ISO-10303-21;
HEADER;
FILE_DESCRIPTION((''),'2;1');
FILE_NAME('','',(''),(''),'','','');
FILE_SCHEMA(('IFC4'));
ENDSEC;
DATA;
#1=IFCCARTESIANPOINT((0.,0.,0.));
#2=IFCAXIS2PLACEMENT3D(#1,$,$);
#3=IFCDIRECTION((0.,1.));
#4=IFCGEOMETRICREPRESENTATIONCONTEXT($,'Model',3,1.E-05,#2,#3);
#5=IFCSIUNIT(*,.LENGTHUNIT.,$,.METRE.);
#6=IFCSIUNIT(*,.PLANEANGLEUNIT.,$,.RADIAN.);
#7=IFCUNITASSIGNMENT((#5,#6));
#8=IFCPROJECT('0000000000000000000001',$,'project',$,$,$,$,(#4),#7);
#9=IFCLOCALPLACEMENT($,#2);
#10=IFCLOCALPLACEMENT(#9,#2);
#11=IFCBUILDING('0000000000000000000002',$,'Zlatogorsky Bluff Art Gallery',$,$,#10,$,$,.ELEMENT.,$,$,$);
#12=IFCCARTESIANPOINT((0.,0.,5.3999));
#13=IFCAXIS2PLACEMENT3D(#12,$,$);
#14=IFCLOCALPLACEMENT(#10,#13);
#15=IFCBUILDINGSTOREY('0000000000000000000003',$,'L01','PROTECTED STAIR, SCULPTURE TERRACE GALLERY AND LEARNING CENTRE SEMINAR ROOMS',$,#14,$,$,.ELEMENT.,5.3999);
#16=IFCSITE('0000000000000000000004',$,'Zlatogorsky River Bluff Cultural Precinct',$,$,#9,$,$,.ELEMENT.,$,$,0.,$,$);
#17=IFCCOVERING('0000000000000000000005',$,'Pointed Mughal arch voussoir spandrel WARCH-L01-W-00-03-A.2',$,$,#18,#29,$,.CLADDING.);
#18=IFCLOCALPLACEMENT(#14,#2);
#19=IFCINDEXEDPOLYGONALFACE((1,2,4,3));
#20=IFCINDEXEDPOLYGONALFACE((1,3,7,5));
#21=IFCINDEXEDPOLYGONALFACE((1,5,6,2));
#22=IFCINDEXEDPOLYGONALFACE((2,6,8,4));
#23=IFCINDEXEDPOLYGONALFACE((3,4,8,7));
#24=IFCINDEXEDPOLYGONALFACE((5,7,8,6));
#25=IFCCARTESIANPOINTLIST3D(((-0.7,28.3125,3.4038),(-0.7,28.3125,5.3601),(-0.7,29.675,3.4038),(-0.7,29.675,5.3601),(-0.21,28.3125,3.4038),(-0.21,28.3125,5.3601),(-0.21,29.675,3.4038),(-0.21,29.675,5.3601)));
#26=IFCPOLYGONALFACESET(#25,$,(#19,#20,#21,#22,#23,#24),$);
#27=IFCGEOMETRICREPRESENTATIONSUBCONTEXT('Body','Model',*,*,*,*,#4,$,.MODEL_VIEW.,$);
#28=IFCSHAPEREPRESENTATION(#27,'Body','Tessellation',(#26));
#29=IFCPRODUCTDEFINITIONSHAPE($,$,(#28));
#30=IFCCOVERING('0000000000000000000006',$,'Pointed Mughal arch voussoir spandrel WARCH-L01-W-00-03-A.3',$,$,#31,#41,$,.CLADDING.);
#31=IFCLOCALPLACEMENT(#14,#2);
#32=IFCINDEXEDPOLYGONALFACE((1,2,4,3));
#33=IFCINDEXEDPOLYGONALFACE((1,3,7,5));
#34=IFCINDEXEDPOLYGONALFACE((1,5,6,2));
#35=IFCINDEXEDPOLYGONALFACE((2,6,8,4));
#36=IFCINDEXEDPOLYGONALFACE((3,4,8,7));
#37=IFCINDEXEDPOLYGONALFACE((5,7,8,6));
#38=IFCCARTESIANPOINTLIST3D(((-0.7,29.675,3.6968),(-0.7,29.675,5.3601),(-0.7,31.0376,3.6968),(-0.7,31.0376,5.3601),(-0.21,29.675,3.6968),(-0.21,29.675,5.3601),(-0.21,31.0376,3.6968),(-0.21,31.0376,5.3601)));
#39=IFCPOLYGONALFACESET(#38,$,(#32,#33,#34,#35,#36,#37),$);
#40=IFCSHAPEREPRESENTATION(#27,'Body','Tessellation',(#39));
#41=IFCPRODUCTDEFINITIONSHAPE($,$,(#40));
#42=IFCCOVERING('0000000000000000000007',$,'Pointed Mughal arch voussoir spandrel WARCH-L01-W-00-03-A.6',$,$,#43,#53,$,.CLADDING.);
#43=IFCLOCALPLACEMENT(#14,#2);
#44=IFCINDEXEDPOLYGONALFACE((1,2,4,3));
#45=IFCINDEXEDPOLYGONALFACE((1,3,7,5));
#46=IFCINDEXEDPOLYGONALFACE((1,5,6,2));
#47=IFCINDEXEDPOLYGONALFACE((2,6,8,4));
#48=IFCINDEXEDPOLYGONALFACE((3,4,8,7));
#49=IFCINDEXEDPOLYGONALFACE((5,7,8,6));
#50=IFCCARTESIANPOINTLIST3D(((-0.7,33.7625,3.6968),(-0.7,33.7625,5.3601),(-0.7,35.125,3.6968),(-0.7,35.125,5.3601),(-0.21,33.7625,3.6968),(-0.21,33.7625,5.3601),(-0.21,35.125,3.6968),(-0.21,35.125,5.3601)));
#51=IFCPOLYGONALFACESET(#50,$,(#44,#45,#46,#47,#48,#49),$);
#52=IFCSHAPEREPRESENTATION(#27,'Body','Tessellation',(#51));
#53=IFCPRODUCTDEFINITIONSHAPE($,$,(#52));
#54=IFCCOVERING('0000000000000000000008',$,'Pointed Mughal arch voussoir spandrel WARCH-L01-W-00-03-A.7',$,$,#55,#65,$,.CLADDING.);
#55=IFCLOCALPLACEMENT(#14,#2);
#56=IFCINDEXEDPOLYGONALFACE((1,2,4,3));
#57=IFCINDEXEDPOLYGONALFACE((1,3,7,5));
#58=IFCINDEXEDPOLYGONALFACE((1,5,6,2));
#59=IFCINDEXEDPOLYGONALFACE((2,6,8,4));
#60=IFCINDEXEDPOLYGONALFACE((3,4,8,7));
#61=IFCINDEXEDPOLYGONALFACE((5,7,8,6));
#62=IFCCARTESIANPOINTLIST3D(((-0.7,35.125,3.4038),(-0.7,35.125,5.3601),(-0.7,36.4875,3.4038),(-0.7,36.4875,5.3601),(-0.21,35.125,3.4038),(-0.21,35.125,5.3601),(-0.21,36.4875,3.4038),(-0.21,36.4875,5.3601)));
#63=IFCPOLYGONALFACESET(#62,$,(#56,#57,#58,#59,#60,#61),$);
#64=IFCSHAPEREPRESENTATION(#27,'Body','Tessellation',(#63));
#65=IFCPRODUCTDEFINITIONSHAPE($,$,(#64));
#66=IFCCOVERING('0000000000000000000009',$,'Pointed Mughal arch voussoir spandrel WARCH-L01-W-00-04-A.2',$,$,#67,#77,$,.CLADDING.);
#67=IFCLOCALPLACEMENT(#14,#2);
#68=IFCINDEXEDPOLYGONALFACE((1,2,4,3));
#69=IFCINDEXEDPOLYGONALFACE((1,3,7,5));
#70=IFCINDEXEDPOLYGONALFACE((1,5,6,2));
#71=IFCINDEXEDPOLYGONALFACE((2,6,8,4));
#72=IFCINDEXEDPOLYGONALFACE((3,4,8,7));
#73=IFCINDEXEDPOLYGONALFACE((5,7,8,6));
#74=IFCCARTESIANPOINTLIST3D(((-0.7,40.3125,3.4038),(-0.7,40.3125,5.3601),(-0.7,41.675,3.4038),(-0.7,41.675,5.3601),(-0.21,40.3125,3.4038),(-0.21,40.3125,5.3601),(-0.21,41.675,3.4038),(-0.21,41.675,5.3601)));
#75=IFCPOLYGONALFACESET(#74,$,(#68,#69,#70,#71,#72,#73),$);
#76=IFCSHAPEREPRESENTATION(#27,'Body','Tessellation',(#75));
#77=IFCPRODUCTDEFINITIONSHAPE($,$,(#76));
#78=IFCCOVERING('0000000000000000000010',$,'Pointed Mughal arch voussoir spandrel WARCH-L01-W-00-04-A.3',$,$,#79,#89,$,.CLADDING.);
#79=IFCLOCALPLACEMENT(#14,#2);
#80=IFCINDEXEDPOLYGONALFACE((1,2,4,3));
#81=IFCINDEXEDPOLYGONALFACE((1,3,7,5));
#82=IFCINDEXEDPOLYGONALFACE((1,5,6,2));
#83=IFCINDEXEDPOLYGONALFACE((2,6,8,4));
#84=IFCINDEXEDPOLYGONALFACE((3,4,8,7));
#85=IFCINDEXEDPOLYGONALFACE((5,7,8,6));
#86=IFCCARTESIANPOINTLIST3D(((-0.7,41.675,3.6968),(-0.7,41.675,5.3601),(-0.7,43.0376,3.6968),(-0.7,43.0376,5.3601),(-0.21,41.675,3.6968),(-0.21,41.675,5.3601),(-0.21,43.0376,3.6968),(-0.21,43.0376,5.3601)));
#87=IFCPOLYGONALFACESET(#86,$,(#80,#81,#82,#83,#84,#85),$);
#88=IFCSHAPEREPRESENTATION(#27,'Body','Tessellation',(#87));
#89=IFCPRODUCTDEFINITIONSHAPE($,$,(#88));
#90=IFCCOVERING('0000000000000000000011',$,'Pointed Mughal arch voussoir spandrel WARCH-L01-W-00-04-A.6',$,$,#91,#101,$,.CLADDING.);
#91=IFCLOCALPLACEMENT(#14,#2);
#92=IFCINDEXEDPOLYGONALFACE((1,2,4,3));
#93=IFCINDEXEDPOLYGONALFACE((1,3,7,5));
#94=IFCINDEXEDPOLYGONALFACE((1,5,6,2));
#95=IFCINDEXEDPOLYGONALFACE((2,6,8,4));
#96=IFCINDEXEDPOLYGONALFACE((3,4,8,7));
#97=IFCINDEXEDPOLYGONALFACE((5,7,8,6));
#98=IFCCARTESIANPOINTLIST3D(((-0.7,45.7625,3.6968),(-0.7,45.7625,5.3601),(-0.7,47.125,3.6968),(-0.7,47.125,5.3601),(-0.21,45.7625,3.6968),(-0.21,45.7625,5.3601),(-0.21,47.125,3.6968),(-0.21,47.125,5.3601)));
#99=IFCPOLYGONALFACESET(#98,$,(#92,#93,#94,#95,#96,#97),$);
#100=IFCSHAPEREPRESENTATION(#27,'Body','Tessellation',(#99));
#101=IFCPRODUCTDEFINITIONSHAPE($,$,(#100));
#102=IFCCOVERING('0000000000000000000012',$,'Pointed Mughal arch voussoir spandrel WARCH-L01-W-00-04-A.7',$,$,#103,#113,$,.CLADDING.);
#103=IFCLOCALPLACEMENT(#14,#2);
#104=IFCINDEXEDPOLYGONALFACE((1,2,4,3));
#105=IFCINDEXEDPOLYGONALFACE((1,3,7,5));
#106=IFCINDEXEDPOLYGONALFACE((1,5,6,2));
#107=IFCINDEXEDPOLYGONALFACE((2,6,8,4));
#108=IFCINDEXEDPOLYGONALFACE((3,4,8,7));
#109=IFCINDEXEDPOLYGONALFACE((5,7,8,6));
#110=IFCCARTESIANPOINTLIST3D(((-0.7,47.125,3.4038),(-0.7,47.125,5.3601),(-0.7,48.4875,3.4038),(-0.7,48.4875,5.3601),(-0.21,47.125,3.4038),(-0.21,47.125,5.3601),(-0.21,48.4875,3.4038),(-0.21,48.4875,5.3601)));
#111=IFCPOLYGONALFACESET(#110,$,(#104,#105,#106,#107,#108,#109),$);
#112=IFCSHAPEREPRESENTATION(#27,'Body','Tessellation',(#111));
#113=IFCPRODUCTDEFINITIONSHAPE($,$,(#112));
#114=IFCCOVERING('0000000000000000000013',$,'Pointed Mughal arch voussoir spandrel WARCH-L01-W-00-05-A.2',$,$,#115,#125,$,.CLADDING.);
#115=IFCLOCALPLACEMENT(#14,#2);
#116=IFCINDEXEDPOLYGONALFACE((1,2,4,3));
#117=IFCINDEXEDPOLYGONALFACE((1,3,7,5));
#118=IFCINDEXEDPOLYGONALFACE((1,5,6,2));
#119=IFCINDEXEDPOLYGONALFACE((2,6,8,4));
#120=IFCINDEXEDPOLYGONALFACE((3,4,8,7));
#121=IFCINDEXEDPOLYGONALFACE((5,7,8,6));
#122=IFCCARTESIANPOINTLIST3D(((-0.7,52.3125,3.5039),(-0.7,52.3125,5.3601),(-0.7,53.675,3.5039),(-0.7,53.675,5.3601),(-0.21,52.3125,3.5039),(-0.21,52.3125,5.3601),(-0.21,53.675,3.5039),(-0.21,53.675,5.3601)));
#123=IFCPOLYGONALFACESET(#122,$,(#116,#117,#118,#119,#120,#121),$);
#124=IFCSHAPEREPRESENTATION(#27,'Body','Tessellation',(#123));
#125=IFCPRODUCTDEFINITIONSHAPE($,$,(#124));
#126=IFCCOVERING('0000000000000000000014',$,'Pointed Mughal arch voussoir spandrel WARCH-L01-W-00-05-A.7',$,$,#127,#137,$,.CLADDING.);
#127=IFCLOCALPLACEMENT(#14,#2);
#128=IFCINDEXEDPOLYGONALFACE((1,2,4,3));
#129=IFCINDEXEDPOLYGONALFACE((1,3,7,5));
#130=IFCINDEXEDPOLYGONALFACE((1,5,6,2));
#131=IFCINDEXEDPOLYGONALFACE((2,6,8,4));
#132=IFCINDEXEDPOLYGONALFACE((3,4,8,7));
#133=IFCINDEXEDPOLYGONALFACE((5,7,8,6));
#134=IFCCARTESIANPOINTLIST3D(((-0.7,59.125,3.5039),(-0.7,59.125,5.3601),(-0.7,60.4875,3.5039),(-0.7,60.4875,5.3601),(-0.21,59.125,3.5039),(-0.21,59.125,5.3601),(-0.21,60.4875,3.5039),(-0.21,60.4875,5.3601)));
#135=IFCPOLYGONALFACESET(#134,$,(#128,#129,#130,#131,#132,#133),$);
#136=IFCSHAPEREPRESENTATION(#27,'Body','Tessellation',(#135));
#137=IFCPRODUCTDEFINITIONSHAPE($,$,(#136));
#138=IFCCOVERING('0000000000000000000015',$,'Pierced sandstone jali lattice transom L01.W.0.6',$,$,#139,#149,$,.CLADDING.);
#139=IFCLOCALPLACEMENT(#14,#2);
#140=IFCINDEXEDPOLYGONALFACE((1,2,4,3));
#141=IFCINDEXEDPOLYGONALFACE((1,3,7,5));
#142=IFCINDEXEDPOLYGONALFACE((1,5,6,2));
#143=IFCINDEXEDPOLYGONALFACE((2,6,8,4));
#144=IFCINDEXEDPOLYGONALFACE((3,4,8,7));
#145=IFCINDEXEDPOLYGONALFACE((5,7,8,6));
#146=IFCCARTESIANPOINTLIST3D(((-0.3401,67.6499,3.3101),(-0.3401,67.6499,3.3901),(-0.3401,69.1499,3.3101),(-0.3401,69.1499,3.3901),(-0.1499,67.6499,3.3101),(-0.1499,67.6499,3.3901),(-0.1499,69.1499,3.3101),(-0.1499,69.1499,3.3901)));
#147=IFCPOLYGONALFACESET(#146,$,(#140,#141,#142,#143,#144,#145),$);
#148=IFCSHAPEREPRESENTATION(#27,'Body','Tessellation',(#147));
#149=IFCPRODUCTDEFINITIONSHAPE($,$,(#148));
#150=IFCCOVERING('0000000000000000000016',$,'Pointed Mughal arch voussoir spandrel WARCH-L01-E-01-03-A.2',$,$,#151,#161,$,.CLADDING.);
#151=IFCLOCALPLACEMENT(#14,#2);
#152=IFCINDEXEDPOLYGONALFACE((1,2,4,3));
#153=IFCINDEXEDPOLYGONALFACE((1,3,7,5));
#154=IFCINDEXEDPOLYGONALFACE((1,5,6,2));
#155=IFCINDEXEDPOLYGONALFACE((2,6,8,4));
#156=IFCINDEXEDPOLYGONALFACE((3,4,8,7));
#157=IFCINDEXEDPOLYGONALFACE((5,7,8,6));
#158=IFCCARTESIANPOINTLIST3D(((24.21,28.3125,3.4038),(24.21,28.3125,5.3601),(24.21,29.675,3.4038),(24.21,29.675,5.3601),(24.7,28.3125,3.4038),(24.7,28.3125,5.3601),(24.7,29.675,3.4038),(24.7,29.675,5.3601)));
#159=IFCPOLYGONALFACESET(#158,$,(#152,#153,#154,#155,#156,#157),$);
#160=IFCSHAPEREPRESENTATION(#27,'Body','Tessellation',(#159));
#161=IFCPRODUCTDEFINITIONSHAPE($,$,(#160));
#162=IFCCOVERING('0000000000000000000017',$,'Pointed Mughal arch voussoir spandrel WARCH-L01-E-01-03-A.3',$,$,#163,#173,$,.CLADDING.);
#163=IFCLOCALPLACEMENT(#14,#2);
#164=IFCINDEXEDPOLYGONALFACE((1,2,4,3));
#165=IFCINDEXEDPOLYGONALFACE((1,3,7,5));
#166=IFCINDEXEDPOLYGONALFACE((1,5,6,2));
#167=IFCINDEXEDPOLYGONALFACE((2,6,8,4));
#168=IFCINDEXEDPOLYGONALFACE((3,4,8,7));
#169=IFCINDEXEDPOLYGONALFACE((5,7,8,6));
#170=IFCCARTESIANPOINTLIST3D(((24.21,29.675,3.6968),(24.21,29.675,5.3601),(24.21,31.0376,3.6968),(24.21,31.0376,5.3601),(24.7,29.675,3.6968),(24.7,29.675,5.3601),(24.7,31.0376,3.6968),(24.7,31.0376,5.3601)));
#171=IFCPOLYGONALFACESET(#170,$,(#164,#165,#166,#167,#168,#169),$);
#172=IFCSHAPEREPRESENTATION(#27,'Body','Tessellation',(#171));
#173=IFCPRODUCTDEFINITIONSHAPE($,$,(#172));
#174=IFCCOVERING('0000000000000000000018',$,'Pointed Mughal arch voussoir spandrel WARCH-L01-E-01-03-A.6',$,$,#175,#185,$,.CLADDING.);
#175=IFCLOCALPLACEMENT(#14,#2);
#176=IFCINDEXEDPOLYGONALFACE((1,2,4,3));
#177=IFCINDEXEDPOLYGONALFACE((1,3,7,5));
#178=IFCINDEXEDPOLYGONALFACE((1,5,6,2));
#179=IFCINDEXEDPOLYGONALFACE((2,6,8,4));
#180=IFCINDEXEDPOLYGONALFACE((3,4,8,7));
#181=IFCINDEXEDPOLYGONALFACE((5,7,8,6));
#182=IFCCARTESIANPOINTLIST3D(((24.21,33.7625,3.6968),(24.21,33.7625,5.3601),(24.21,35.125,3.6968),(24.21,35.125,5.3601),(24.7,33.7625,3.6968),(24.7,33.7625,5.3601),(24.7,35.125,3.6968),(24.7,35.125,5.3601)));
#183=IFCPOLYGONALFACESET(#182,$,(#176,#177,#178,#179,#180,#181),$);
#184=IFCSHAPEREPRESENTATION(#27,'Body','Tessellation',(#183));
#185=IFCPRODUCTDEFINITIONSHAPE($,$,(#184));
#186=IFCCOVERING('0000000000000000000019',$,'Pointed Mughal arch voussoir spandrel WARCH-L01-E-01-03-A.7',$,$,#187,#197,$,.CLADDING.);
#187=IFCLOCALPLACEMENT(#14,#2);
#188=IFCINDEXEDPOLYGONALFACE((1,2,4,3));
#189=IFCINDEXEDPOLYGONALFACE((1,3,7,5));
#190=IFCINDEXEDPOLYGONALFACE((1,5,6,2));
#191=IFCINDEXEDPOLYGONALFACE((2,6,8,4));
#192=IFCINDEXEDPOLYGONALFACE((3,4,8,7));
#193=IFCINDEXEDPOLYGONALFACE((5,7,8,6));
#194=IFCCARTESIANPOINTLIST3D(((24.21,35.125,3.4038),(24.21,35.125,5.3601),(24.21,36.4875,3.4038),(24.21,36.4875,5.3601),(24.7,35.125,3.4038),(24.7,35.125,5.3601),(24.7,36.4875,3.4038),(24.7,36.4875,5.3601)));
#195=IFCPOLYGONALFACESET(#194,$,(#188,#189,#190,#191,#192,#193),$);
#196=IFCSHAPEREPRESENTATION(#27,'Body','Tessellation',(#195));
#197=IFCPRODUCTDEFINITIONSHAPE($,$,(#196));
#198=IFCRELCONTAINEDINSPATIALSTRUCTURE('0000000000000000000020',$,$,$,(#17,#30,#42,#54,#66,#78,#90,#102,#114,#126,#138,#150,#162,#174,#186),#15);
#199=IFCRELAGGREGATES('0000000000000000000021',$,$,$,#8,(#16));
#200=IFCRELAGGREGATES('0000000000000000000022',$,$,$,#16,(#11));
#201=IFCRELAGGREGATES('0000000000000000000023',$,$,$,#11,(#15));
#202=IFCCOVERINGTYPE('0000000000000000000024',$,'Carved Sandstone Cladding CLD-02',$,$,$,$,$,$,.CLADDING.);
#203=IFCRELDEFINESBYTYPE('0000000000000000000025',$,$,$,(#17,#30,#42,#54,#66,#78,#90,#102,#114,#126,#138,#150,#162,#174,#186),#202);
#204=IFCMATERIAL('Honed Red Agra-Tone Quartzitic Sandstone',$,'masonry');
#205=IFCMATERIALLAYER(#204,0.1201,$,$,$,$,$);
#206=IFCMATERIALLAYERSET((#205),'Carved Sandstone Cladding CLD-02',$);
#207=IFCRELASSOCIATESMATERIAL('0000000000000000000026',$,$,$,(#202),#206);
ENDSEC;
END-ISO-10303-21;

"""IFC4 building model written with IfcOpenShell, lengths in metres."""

from ifc_helpers import new_model, si_unit, direction, frame, origin, place, context, subcontext, project, spatial, polyline, outline, extrude, material, layer, layer_set, type_object, element, save


model = new_model("IFC4")

# Units and contexts
model_context = context("Model", 3, precision=1e-05, world=origin(), true_north=direction((0.0, 1.0)))
body_context = subcontext(model_context, "Body", "Model", "MODEL_VIEW")
ifc_project = project(units=[si_unit("LENGTHUNIT", "METRE"), si_unit("PLANEANGLEUNIT", "RADIAN")], contexts=[model_context])

# Site, building, storey
site_placement = place(None, origin())
site = spatial("IfcSite", under=ifc_project, at=site_placement, Name="Zlatogorsky River Bluff Cultural Precinct", CompositionType="ELEMENT", RefElevation=0.0)
building_placement = place(site_placement, origin())
building = spatial("IfcBuilding", under=site, at=building_placement, Name="Zlatogorsky Bluff Art Gallery", CompositionType="ELEMENT")
storey_placement = place(building_placement, frame((0.0, 0.0, 5.3999)))
storey = spatial("IfcBuildingStorey", under=building, at=storey_placement, Name="L01", Description="PROTECTED STAIR, SCULPTURE TERRACE GALLERY AND LEARNING CENTRE SEMINAR ROOMS", CompositionType="ELEMENT", Elevation=5.3999)

# Coverings
ifc_material = material(Name="Honed Red Agra-Tone Quartzitic Sandstone", Category="masonry")
ifc_layer = layer(ifc_material, 0.1201)
ifc_layer_set = layer_set([ifc_layer], Name="Carved Sandstone Cladding CLD-02")
covering_type = type_object("IfcCoveringType", Name="Carved Sandstone Cladding CLD-02", PredefinedType="CLADDING", material=ifc_layer_set)
covering_1_placement = place(storey_placement, frame((0.0, 0.0, 3.4038)))
element("IfcCovering", 1, at=covering_1_placement, inside=storey, type_object=covering_type, Name="Pointed Mughal arch voussoir spandrel WARCH-L01-W-00-03-A.2", PredefinedType="CLADDING", context=body_context, shape_type="SweptSolid", body=[
    extrude(outline(polyline([(-0.7, 28.3125), (-0.7, 29.675), (-0.21, 29.675), (-0.21, 28.3125), (-0.7, 28.3125)])), origin(), (0.0, 0.0, 1.0), 1.9563),
])
covering_2_placement = place(storey_placement, frame((0.0, 0.0, 3.6968)))
element("IfcCovering", 2, at=covering_2_placement, inside=storey, type_object=covering_type, Name="Pointed Mughal arch voussoir spandrel WARCH-L01-W-00-03-A.3", PredefinedType="CLADDING", context=body_context, shape_type="SweptSolid", body=[
    extrude(outline(polyline([(-0.7, 29.675), (-0.7, 31.0376), (-0.21, 31.0376), (-0.21, 29.675), (-0.7, 29.675)])), origin(), (0.0, 0.0, 1.0), 1.6633),
])
covering_3_placement = place(storey_placement, frame((0.0, 0.0, 3.6968)))
element("IfcCovering", 3, at=covering_3_placement, inside=storey, type_object=covering_type, Name="Pointed Mughal arch voussoir spandrel WARCH-L01-W-00-03-A.6", PredefinedType="CLADDING", context=body_context, shape_type="SweptSolid", body=[
    extrude(outline(polyline([(-0.7, 33.7625), (-0.7, 35.125), (-0.21, 35.125), (-0.21, 33.7625), (-0.7, 33.7625)])), origin(), (0.0, 0.0, 1.0), 1.6633),
])
covering_4_placement = place(storey_placement, frame((0.0, 0.0, 3.4038)))
element("IfcCovering", 4, at=covering_4_placement, inside=storey, type_object=covering_type, Name="Pointed Mughal arch voussoir spandrel WARCH-L01-W-00-03-A.7", PredefinedType="CLADDING", context=body_context, shape_type="SweptSolid", body=[
    extrude(outline(polyline([(-0.7, 35.125), (-0.7, 36.4875), (-0.21, 36.4875), (-0.21, 35.125), (-0.7, 35.125)])), origin(), (0.0, 0.0, 1.0), 1.9563),
])
covering_5_placement = place(storey_placement, frame((0.0, 0.0, 3.4038)))
element("IfcCovering", 5, at=covering_5_placement, inside=storey, type_object=covering_type, Name="Pointed Mughal arch voussoir spandrel WARCH-L01-W-00-04-A.2", PredefinedType="CLADDING", context=body_context, shape_type="SweptSolid", body=[
    extrude(outline(polyline([(-0.7, 40.3125), (-0.7, 41.675), (-0.21, 41.675), (-0.21, 40.3125), (-0.7, 40.3125)])), origin(), (0.0, 0.0, 1.0), 1.9563),
])
covering_6_placement = place(storey_placement, frame((0.0, 0.0, 3.6968)))
element("IfcCovering", 6, at=covering_6_placement, inside=storey, type_object=covering_type, Name="Pointed Mughal arch voussoir spandrel WARCH-L01-W-00-04-A.3", PredefinedType="CLADDING", context=body_context, shape_type="SweptSolid", body=[
    extrude(outline(polyline([(-0.7, 41.675), (-0.7, 43.0376), (-0.21, 43.0376), (-0.21, 41.675), (-0.7, 41.675)])), origin(), (0.0, 0.0, 1.0), 1.6633),
])
covering_7_placement = place(storey_placement, frame((0.0, 0.0, 3.6968)))
element("IfcCovering", 7, at=covering_7_placement, inside=storey, type_object=covering_type, Name="Pointed Mughal arch voussoir spandrel WARCH-L01-W-00-04-A.6", PredefinedType="CLADDING", context=body_context, shape_type="SweptSolid", body=[
    extrude(outline(polyline([(-0.7, 45.7625), (-0.7, 47.125), (-0.21, 47.125), (-0.21, 45.7625), (-0.7, 45.7625)])), origin(), (0.0, 0.0, 1.0), 1.6633),
])
covering_8_placement = place(storey_placement, frame((0.0, 0.0, 3.4038)))
element("IfcCovering", 8, at=covering_8_placement, inside=storey, type_object=covering_type, Name="Pointed Mughal arch voussoir spandrel WARCH-L01-W-00-04-A.7", PredefinedType="CLADDING", context=body_context, shape_type="SweptSolid", body=[
    extrude(outline(polyline([(-0.7, 47.125), (-0.7, 48.4875), (-0.21, 48.4875), (-0.21, 47.125), (-0.7, 47.125)])), origin(), (0.0, 0.0, 1.0), 1.9563),
])
covering_9_placement = place(storey_placement, frame((0.0, 0.0, 3.5039)))
element("IfcCovering", 9, at=covering_9_placement, inside=storey, type_object=covering_type, Name="Pointed Mughal arch voussoir spandrel WARCH-L01-W-00-05-A.2", PredefinedType="CLADDING", context=body_context, shape_type="SweptSolid", body=[
    extrude(outline(polyline([(-0.7, 52.3125), (-0.7, 53.675), (-0.21, 53.675), (-0.21, 52.3125), (-0.7, 52.3125)])), origin(), (0.0, 0.0, 1.0), 1.8562),
])
covering_10_placement = place(storey_placement, frame((0.0, 0.0, 3.5039)))
element("IfcCovering", 10, at=covering_10_placement, inside=storey, type_object=covering_type, Name="Pointed Mughal arch voussoir spandrel WARCH-L01-W-00-05-A.7", PredefinedType="CLADDING", context=body_context, shape_type="SweptSolid", body=[
    extrude(outline(polyline([(-0.7, 59.125), (-0.7, 60.4875), (-0.21, 60.4875), (-0.21, 59.125), (-0.7, 59.125)])), origin(), (0.0, 0.0, 1.0), 1.8562),
])
covering_11_placement = place(storey_placement, frame((0.0, 0.0, 3.3101)))
element("IfcCovering", 11, at=covering_11_placement, inside=storey, type_object=covering_type, Name="Pierced sandstone jali lattice transom L01.W.0.6", PredefinedType="CLADDING", context=body_context, shape_type="SweptSolid", body=[
    extrude(outline(polyline([(-0.3401, 67.6499), (-0.3401, 69.1499), (-0.1499, 69.1499), (-0.1499, 67.6499), (-0.3401, 67.6499)])), origin(), (0.0, 0.0, 1.0), 0.0801),
])
covering_12_placement = place(storey_placement, frame((0.0, 0.0, 3.4038)))
element("IfcCovering", 12, at=covering_12_placement, inside=storey, type_object=covering_type, Name="Pointed Mughal arch voussoir spandrel WARCH-L01-E-01-03-A.2", PredefinedType="CLADDING", context=body_context, shape_type="SweptSolid", body=[
    extrude(outline(polyline([(24.21, 28.3125), (24.21, 29.675), (24.7, 29.675), (24.7, 28.3125), (24.21, 28.3125)])), origin(), (0.0, 0.0, 1.0), 1.9563),
])
covering_13_placement = place(storey_placement, frame((0.0, 0.0, 3.6968)))
element("IfcCovering", 13, at=covering_13_placement, inside=storey, type_object=covering_type, Name="Pointed Mughal arch voussoir spandrel WARCH-L01-E-01-03-A.3", PredefinedType="CLADDING", context=body_context, shape_type="SweptSolid", body=[
    extrude(outline(polyline([(24.21, 29.675), (24.21, 31.0376), (24.7, 31.0376), (24.7, 29.675), (24.21, 29.675)])), origin(), (0.0, 0.0, 1.0), 1.6633),
])
covering_14_placement = place(storey_placement, frame((0.0, 0.0, 3.6968)))
element("IfcCovering", 14, at=covering_14_placement, inside=storey, type_object=covering_type, Name="Pointed Mughal arch voussoir spandrel WARCH-L01-E-01-03-A.6", PredefinedType="CLADDING", context=body_context, shape_type="SweptSolid", body=[
    extrude(outline(polyline([(24.21, 33.7625), (24.21, 35.125), (24.7, 35.125), (24.7, 33.7625), (24.21, 33.7625)])), origin(), (0.0, 0.0, 1.0), 1.6633),
])
covering_15_placement = place(storey_placement, frame((0.0, 0.0, 3.4038)))
element("IfcCovering", 15, at=covering_15_placement, inside=storey, type_object=covering_type, Name="Pointed Mughal arch voussoir spandrel WARCH-L01-E-01-03-A.7", PredefinedType="CLADDING", context=body_context, shape_type="SweptSolid", body=[
    extrude(outline(polyline([(24.21, 35.125), (24.21, 36.4875), (24.7, 36.4875), (24.7, 35.125), (24.21, 35.125)])), origin(), (0.0, 0.0, 1.0), 1.9563),
])

save(model, "model.ifc")
